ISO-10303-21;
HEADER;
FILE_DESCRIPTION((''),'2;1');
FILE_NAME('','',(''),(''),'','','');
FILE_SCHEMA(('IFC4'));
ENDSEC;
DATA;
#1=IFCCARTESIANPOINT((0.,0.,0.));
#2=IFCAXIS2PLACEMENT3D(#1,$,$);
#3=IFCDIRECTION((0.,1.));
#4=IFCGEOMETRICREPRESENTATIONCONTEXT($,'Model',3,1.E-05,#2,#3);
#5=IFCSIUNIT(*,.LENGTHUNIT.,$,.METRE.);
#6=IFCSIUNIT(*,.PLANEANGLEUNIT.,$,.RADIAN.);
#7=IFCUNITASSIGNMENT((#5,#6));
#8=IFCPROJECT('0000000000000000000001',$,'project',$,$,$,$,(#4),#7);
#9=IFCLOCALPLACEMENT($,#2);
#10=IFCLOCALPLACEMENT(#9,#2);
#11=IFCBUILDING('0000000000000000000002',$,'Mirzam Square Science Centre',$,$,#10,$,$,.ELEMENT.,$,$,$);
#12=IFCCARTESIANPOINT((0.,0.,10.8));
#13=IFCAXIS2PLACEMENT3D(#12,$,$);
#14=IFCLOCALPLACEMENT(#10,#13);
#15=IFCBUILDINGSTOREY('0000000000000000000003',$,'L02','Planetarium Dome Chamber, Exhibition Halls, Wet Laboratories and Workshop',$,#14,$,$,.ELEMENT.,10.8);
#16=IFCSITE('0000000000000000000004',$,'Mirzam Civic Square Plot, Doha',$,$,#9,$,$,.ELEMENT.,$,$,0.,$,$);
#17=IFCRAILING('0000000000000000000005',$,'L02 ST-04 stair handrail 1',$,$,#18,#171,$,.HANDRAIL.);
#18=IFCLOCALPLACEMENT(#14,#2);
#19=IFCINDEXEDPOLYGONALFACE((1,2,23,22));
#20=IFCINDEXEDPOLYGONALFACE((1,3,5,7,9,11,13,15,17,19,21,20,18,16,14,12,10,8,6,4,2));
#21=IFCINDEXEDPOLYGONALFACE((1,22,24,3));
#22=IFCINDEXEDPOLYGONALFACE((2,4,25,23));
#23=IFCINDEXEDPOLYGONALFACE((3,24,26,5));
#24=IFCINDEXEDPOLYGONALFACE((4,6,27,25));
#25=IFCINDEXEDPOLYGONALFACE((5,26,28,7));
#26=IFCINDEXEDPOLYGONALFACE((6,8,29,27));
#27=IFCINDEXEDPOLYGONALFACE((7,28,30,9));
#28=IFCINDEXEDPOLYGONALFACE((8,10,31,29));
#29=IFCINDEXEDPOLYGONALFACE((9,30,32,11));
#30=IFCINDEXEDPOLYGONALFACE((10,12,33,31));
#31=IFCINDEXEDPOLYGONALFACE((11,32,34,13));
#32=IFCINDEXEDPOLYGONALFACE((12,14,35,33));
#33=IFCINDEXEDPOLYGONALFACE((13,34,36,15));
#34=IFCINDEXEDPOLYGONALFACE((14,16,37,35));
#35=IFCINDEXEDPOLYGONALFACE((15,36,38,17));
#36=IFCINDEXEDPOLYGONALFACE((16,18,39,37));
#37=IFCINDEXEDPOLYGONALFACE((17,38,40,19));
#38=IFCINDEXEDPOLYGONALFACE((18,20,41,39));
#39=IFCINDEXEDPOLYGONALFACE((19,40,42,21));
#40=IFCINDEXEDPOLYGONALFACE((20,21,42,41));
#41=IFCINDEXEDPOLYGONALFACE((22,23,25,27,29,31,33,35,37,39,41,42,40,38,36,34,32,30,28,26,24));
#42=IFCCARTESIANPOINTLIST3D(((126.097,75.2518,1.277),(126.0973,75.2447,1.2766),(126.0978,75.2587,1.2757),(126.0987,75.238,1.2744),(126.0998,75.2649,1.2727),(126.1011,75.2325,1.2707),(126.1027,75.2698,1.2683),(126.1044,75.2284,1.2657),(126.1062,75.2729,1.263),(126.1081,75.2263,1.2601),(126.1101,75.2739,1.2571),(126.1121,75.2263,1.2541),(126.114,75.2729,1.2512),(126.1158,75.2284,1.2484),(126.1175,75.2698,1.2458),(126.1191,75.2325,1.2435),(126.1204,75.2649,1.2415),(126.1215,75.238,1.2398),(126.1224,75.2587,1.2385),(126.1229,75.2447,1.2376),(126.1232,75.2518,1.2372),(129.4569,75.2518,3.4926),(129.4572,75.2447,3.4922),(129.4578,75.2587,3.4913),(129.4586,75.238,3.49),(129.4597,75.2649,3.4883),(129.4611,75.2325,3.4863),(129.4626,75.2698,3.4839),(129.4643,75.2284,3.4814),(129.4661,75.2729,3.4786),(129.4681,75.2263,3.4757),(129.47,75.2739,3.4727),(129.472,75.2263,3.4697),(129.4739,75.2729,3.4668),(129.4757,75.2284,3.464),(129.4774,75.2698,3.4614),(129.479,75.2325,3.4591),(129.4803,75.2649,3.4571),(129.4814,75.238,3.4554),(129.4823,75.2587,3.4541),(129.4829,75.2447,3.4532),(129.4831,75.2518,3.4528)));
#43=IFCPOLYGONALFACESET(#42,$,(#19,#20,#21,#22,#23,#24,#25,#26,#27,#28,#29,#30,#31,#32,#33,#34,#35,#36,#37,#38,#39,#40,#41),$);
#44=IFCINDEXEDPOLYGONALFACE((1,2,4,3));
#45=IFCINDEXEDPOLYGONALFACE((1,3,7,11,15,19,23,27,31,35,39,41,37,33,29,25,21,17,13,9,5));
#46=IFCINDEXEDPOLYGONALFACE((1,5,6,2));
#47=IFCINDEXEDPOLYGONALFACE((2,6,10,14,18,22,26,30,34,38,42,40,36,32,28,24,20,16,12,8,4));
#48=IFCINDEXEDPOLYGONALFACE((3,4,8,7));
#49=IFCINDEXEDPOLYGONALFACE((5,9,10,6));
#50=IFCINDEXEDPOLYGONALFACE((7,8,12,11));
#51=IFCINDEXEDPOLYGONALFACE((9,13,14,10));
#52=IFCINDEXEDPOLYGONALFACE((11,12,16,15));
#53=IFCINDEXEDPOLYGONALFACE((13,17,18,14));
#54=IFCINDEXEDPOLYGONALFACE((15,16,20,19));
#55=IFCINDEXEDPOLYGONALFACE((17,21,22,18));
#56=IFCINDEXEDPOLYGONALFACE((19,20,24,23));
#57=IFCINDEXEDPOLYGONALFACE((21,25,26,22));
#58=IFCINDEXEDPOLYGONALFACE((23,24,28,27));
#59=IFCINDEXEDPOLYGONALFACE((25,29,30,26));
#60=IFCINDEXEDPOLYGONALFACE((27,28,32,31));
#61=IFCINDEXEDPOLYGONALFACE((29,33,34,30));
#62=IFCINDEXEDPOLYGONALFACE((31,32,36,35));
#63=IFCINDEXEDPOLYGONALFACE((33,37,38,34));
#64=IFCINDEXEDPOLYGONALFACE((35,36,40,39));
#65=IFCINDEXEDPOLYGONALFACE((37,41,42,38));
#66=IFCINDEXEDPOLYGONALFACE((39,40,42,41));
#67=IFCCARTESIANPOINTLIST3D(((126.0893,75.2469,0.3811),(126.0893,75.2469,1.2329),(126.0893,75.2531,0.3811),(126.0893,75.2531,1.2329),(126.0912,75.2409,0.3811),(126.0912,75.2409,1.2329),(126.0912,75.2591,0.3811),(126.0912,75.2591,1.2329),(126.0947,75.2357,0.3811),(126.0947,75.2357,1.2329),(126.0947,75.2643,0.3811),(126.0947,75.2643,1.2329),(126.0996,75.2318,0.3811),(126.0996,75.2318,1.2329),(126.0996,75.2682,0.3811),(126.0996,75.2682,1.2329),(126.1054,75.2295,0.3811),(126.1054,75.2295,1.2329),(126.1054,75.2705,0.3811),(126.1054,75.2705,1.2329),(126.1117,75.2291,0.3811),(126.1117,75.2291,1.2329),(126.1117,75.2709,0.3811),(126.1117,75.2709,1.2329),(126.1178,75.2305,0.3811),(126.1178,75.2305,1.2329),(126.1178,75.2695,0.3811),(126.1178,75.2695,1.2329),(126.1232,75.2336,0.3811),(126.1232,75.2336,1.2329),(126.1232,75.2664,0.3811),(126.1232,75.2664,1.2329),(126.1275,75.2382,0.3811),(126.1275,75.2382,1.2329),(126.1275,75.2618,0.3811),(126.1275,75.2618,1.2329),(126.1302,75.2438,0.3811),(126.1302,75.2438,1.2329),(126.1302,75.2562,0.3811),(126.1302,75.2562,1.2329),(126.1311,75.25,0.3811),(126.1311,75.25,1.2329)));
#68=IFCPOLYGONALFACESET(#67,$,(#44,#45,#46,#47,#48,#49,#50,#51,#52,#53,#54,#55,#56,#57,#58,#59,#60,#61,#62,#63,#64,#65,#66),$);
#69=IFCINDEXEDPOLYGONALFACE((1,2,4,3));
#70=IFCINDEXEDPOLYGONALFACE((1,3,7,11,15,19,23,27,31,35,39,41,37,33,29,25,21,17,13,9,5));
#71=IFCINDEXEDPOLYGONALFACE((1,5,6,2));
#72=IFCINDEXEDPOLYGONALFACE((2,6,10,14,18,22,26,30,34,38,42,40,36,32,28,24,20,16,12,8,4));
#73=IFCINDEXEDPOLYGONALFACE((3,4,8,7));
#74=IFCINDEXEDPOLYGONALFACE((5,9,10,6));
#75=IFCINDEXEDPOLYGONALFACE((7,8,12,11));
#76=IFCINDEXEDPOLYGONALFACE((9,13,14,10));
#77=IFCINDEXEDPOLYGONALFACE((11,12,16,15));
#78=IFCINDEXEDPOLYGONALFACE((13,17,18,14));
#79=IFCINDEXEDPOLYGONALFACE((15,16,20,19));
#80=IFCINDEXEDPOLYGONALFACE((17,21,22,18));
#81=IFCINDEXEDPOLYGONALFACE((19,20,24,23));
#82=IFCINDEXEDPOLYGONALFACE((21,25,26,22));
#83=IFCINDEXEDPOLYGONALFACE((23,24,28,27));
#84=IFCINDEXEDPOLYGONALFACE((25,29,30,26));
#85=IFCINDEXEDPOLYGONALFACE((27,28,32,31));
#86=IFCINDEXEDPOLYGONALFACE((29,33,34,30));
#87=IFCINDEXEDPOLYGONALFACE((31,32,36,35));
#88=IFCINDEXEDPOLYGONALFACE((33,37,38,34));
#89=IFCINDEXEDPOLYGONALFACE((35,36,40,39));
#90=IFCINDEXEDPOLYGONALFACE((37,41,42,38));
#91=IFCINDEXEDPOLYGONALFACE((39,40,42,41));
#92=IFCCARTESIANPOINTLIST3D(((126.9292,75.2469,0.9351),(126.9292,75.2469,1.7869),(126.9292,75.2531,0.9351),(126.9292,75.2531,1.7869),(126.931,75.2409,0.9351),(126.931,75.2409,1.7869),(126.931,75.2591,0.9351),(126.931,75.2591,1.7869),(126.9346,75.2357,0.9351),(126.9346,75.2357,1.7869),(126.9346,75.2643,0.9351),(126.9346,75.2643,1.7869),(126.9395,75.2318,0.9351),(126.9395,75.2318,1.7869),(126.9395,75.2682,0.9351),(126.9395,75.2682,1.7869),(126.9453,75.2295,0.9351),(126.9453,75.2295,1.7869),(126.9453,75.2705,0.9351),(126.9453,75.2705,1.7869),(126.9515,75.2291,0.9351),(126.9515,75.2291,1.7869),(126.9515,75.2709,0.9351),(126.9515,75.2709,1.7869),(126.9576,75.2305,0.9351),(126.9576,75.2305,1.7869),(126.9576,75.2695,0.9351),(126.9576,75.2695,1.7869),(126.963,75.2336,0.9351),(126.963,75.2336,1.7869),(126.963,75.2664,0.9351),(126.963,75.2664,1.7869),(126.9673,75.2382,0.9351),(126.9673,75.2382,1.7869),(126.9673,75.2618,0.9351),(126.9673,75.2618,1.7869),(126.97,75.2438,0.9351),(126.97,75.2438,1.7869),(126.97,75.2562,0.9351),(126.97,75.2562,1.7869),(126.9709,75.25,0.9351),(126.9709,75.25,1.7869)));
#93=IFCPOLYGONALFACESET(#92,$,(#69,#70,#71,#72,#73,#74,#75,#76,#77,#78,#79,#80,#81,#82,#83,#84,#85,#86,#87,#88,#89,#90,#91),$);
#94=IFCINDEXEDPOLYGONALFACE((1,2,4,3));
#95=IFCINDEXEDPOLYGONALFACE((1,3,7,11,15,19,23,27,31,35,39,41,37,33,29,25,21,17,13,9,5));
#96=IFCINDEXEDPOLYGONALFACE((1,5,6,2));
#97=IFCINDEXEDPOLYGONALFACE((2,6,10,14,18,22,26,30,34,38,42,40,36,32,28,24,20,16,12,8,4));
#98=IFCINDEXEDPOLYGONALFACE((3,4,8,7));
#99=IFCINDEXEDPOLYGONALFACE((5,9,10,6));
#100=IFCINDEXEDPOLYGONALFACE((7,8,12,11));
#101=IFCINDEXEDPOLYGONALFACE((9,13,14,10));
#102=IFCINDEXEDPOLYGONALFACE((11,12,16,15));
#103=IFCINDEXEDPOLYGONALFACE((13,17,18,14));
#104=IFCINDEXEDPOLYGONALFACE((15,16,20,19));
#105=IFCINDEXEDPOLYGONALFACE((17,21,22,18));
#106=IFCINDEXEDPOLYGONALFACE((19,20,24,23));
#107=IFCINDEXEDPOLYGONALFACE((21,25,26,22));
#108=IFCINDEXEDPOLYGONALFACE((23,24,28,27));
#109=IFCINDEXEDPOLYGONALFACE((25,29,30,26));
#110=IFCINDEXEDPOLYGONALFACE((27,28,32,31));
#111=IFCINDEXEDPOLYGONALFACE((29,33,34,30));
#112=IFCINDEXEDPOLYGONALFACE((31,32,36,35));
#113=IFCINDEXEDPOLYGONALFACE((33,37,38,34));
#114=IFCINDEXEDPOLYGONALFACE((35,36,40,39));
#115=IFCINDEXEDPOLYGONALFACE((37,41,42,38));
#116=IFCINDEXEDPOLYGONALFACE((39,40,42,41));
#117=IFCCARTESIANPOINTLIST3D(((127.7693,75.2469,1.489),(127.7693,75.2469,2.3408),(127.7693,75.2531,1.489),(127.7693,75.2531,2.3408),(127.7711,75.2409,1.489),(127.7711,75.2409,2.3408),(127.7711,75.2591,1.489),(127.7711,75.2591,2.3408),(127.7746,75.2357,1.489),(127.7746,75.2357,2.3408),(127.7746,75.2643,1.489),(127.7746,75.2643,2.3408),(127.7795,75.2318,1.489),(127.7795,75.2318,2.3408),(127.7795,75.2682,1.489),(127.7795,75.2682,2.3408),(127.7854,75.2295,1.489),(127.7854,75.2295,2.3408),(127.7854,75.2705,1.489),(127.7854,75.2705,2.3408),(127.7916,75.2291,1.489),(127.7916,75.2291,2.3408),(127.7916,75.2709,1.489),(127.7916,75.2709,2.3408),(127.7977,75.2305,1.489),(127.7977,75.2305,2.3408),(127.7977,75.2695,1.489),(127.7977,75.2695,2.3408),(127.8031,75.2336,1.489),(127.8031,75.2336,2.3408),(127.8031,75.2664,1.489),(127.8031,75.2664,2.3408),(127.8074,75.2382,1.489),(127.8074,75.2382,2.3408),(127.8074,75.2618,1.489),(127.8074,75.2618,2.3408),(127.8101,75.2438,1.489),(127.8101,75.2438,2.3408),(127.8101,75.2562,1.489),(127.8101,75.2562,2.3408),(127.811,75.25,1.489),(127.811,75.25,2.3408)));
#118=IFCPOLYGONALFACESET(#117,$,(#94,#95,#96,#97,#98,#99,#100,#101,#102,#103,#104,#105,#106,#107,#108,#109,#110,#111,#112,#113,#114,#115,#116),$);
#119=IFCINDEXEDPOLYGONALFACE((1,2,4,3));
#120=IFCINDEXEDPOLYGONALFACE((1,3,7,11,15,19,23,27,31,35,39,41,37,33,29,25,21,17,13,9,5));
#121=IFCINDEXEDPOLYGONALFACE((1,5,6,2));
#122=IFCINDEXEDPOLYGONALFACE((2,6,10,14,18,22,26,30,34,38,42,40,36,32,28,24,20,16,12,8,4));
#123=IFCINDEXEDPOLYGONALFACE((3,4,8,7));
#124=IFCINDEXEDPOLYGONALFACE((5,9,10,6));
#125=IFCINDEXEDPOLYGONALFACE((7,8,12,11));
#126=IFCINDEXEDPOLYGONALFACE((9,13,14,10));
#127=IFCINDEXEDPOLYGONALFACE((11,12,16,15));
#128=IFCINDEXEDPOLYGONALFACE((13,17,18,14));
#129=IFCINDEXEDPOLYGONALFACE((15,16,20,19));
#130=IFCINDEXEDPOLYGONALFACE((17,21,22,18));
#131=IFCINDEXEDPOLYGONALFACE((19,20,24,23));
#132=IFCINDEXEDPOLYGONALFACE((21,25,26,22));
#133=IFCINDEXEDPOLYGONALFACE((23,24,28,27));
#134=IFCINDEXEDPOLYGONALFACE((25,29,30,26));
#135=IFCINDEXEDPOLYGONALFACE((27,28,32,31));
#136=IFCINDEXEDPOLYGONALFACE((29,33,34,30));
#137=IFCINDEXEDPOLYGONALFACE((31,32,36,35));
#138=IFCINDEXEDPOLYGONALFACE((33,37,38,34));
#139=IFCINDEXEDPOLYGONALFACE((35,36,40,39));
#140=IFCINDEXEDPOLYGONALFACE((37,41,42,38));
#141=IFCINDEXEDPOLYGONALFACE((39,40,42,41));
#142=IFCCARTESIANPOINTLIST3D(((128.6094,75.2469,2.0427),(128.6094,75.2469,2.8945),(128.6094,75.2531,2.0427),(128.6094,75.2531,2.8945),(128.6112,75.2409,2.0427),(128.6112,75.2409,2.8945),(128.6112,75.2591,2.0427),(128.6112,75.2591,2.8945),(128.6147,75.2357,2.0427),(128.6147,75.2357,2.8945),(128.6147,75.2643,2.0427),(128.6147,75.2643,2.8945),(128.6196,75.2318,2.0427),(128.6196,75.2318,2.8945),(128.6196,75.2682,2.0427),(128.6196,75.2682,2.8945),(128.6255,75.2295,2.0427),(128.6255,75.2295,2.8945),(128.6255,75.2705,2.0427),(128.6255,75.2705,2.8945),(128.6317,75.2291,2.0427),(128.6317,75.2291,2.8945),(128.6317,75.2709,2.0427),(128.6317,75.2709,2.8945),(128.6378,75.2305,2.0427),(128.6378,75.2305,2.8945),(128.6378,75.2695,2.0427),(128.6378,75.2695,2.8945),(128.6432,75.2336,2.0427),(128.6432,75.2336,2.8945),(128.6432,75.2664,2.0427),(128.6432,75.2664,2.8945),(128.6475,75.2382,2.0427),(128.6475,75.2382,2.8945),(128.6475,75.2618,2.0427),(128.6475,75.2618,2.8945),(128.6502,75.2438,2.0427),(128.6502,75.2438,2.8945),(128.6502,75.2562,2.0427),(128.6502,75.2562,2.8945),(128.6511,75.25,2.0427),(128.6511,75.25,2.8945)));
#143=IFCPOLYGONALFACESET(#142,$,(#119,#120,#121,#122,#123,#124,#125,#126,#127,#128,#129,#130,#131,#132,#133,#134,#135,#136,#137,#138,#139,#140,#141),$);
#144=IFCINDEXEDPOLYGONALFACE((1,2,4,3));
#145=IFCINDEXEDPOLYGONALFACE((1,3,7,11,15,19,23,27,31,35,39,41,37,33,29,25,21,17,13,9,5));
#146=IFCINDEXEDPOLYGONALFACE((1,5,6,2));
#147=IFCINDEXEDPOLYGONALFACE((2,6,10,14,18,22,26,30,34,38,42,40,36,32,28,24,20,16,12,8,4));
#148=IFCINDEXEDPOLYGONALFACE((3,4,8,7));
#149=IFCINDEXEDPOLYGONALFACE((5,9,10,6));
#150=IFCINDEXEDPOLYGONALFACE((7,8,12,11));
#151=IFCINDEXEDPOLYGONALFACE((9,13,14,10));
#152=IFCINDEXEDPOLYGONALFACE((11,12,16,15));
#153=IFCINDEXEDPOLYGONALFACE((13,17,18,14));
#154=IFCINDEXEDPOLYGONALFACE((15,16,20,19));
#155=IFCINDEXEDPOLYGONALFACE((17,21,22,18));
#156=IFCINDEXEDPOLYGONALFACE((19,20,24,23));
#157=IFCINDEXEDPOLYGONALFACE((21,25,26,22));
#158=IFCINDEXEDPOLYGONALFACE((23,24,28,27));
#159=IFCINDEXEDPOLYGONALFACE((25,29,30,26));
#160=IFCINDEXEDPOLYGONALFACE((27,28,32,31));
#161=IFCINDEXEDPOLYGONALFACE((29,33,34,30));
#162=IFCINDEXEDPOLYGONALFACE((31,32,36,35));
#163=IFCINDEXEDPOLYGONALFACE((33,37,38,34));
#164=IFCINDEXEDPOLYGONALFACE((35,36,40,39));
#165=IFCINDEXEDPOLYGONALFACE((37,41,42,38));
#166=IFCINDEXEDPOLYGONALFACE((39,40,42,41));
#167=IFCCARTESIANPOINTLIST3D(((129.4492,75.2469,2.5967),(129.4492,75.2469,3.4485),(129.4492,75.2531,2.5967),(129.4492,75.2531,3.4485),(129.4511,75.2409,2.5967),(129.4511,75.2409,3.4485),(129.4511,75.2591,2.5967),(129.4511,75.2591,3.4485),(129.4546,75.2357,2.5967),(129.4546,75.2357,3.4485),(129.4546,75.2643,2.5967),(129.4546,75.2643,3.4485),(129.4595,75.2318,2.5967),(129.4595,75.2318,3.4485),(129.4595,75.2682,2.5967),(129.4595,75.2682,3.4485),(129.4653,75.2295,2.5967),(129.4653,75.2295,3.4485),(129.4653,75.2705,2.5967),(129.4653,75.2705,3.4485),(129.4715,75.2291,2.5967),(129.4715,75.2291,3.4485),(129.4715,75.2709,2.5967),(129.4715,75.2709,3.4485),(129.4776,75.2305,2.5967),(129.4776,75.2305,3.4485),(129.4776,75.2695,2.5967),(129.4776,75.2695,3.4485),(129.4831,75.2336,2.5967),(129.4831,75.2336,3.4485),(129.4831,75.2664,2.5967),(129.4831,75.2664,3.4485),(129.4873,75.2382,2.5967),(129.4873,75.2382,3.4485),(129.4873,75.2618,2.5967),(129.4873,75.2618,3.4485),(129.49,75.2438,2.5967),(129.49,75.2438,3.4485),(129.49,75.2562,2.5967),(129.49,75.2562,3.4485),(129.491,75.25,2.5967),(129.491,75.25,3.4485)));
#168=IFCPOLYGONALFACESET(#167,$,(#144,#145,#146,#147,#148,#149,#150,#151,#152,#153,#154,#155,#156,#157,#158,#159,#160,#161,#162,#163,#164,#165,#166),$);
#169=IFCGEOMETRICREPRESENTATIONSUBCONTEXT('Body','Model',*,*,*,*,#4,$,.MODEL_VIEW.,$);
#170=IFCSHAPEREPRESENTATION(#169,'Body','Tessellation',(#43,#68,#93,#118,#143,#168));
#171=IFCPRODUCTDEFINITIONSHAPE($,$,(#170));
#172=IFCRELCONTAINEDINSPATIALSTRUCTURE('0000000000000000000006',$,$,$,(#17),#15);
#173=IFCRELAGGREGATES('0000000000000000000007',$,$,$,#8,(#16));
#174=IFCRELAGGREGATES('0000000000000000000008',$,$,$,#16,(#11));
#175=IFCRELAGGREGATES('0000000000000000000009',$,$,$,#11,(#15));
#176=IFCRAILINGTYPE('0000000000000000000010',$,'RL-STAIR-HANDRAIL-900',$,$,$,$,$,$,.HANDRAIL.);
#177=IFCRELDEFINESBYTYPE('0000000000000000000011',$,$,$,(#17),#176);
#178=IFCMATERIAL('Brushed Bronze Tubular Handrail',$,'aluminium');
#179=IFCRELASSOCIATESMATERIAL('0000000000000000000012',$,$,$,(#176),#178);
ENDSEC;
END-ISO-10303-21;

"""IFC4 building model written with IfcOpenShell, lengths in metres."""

from ifc_helpers import new_model, si_unit, direction, frame, origin, origin_2d, place, context, subcontext, project, spatial, circle, extrude, material, type_object, element, save


model = new_model("IFC4")

# Units and contexts
model_context = context("Model", 3, precision=1e-05, world=origin(), true_north=direction((0.0, 1.0)))
body_context = subcontext(model_context, "Body", "Model", "MODEL_VIEW")
ifc_project = project(units=[si_unit("LENGTHUNIT", "METRE"), si_unit("PLANEANGLEUNIT", "RADIAN")], contexts=[model_context])

# Site, building, storey
site_placement = place(None, origin())
site = spatial("IfcSite", under=ifc_project, at=site_placement, Name="Mirzam Civic Square Plot, Doha", CompositionType="ELEMENT", RefElevation=0.0)
building_placement = place(site_placement, origin())
building = spatial("IfcBuilding", under=site, at=building_placement, Name="Mirzam Square Science Centre", CompositionType="ELEMENT")
storey_placement = place(building_placement, frame((0.0, 0.0, 10.8)))
storey = spatial("IfcBuildingStorey", under=building, at=storey_placement, Name="L02", Description="Planetarium Dome Chamber, Exhibition Halls, Wet Laboratories and Workshop", CompositionType="ELEMENT", Elevation=10.8)

# Railing
ifc_material_1 = material(Name="Brushed Bronze Tubular Handrail", Category="aluminium")
railing_type_1 = type_object("IfcRailingType", Name="RL-STAIR-HANDRAIL-900", PredefinedType="HANDRAIL", material=ifc_material_1)
railing_1_placement = place(storey_placement, frame((126.1101, 75.25, 0.3811)))
element("IfcRailing", 1, at=railing_1_placement, inside=storey, type_object=railing_type_1, Name="L02 ST-04 stair handrail 1", PredefinedType="HANDRAIL", context=body_context, shape_type="SweptSolid", body=[
    extrude(circle(Radius=0.0239, at=origin_2d()), frame((0.0, 0.0, 0.876), z_axis=(0.83483, 0.0, 0.550508), x_axis=(0.0, 1.0, 0.0)), (0.0, 0.0, 1.0), 4.0247),
    extrude(circle(Radius=0.021, at=origin_2d()), origin(), (0.0, 0.0, 1.0), 0.8518),
    extrude(circle(Radius=0.021, at=origin_2d()), frame((0.8398, 0.0, 0.554)), (0.0, 0.0, 1.0), 0.8518),
    extrude(circle(Radius=0.021, at=origin_2d()), frame((1.6799, 0.0, 1.1079)), (0.0, 0.0, 1.0), 0.8518),
    extrude(circle(Radius=0.021, at=origin_2d()), frame((2.52, 0.0, 1.6616)), (0.0, 0.0, 1.0), 0.8518),
    extrude(circle(Radius=0.021, at=origin_2d()), frame((3.3599, 0.0, 2.2156)), (0.0, 0.0, 1.0), 0.8518),
])

save(model, "model.ifc")
